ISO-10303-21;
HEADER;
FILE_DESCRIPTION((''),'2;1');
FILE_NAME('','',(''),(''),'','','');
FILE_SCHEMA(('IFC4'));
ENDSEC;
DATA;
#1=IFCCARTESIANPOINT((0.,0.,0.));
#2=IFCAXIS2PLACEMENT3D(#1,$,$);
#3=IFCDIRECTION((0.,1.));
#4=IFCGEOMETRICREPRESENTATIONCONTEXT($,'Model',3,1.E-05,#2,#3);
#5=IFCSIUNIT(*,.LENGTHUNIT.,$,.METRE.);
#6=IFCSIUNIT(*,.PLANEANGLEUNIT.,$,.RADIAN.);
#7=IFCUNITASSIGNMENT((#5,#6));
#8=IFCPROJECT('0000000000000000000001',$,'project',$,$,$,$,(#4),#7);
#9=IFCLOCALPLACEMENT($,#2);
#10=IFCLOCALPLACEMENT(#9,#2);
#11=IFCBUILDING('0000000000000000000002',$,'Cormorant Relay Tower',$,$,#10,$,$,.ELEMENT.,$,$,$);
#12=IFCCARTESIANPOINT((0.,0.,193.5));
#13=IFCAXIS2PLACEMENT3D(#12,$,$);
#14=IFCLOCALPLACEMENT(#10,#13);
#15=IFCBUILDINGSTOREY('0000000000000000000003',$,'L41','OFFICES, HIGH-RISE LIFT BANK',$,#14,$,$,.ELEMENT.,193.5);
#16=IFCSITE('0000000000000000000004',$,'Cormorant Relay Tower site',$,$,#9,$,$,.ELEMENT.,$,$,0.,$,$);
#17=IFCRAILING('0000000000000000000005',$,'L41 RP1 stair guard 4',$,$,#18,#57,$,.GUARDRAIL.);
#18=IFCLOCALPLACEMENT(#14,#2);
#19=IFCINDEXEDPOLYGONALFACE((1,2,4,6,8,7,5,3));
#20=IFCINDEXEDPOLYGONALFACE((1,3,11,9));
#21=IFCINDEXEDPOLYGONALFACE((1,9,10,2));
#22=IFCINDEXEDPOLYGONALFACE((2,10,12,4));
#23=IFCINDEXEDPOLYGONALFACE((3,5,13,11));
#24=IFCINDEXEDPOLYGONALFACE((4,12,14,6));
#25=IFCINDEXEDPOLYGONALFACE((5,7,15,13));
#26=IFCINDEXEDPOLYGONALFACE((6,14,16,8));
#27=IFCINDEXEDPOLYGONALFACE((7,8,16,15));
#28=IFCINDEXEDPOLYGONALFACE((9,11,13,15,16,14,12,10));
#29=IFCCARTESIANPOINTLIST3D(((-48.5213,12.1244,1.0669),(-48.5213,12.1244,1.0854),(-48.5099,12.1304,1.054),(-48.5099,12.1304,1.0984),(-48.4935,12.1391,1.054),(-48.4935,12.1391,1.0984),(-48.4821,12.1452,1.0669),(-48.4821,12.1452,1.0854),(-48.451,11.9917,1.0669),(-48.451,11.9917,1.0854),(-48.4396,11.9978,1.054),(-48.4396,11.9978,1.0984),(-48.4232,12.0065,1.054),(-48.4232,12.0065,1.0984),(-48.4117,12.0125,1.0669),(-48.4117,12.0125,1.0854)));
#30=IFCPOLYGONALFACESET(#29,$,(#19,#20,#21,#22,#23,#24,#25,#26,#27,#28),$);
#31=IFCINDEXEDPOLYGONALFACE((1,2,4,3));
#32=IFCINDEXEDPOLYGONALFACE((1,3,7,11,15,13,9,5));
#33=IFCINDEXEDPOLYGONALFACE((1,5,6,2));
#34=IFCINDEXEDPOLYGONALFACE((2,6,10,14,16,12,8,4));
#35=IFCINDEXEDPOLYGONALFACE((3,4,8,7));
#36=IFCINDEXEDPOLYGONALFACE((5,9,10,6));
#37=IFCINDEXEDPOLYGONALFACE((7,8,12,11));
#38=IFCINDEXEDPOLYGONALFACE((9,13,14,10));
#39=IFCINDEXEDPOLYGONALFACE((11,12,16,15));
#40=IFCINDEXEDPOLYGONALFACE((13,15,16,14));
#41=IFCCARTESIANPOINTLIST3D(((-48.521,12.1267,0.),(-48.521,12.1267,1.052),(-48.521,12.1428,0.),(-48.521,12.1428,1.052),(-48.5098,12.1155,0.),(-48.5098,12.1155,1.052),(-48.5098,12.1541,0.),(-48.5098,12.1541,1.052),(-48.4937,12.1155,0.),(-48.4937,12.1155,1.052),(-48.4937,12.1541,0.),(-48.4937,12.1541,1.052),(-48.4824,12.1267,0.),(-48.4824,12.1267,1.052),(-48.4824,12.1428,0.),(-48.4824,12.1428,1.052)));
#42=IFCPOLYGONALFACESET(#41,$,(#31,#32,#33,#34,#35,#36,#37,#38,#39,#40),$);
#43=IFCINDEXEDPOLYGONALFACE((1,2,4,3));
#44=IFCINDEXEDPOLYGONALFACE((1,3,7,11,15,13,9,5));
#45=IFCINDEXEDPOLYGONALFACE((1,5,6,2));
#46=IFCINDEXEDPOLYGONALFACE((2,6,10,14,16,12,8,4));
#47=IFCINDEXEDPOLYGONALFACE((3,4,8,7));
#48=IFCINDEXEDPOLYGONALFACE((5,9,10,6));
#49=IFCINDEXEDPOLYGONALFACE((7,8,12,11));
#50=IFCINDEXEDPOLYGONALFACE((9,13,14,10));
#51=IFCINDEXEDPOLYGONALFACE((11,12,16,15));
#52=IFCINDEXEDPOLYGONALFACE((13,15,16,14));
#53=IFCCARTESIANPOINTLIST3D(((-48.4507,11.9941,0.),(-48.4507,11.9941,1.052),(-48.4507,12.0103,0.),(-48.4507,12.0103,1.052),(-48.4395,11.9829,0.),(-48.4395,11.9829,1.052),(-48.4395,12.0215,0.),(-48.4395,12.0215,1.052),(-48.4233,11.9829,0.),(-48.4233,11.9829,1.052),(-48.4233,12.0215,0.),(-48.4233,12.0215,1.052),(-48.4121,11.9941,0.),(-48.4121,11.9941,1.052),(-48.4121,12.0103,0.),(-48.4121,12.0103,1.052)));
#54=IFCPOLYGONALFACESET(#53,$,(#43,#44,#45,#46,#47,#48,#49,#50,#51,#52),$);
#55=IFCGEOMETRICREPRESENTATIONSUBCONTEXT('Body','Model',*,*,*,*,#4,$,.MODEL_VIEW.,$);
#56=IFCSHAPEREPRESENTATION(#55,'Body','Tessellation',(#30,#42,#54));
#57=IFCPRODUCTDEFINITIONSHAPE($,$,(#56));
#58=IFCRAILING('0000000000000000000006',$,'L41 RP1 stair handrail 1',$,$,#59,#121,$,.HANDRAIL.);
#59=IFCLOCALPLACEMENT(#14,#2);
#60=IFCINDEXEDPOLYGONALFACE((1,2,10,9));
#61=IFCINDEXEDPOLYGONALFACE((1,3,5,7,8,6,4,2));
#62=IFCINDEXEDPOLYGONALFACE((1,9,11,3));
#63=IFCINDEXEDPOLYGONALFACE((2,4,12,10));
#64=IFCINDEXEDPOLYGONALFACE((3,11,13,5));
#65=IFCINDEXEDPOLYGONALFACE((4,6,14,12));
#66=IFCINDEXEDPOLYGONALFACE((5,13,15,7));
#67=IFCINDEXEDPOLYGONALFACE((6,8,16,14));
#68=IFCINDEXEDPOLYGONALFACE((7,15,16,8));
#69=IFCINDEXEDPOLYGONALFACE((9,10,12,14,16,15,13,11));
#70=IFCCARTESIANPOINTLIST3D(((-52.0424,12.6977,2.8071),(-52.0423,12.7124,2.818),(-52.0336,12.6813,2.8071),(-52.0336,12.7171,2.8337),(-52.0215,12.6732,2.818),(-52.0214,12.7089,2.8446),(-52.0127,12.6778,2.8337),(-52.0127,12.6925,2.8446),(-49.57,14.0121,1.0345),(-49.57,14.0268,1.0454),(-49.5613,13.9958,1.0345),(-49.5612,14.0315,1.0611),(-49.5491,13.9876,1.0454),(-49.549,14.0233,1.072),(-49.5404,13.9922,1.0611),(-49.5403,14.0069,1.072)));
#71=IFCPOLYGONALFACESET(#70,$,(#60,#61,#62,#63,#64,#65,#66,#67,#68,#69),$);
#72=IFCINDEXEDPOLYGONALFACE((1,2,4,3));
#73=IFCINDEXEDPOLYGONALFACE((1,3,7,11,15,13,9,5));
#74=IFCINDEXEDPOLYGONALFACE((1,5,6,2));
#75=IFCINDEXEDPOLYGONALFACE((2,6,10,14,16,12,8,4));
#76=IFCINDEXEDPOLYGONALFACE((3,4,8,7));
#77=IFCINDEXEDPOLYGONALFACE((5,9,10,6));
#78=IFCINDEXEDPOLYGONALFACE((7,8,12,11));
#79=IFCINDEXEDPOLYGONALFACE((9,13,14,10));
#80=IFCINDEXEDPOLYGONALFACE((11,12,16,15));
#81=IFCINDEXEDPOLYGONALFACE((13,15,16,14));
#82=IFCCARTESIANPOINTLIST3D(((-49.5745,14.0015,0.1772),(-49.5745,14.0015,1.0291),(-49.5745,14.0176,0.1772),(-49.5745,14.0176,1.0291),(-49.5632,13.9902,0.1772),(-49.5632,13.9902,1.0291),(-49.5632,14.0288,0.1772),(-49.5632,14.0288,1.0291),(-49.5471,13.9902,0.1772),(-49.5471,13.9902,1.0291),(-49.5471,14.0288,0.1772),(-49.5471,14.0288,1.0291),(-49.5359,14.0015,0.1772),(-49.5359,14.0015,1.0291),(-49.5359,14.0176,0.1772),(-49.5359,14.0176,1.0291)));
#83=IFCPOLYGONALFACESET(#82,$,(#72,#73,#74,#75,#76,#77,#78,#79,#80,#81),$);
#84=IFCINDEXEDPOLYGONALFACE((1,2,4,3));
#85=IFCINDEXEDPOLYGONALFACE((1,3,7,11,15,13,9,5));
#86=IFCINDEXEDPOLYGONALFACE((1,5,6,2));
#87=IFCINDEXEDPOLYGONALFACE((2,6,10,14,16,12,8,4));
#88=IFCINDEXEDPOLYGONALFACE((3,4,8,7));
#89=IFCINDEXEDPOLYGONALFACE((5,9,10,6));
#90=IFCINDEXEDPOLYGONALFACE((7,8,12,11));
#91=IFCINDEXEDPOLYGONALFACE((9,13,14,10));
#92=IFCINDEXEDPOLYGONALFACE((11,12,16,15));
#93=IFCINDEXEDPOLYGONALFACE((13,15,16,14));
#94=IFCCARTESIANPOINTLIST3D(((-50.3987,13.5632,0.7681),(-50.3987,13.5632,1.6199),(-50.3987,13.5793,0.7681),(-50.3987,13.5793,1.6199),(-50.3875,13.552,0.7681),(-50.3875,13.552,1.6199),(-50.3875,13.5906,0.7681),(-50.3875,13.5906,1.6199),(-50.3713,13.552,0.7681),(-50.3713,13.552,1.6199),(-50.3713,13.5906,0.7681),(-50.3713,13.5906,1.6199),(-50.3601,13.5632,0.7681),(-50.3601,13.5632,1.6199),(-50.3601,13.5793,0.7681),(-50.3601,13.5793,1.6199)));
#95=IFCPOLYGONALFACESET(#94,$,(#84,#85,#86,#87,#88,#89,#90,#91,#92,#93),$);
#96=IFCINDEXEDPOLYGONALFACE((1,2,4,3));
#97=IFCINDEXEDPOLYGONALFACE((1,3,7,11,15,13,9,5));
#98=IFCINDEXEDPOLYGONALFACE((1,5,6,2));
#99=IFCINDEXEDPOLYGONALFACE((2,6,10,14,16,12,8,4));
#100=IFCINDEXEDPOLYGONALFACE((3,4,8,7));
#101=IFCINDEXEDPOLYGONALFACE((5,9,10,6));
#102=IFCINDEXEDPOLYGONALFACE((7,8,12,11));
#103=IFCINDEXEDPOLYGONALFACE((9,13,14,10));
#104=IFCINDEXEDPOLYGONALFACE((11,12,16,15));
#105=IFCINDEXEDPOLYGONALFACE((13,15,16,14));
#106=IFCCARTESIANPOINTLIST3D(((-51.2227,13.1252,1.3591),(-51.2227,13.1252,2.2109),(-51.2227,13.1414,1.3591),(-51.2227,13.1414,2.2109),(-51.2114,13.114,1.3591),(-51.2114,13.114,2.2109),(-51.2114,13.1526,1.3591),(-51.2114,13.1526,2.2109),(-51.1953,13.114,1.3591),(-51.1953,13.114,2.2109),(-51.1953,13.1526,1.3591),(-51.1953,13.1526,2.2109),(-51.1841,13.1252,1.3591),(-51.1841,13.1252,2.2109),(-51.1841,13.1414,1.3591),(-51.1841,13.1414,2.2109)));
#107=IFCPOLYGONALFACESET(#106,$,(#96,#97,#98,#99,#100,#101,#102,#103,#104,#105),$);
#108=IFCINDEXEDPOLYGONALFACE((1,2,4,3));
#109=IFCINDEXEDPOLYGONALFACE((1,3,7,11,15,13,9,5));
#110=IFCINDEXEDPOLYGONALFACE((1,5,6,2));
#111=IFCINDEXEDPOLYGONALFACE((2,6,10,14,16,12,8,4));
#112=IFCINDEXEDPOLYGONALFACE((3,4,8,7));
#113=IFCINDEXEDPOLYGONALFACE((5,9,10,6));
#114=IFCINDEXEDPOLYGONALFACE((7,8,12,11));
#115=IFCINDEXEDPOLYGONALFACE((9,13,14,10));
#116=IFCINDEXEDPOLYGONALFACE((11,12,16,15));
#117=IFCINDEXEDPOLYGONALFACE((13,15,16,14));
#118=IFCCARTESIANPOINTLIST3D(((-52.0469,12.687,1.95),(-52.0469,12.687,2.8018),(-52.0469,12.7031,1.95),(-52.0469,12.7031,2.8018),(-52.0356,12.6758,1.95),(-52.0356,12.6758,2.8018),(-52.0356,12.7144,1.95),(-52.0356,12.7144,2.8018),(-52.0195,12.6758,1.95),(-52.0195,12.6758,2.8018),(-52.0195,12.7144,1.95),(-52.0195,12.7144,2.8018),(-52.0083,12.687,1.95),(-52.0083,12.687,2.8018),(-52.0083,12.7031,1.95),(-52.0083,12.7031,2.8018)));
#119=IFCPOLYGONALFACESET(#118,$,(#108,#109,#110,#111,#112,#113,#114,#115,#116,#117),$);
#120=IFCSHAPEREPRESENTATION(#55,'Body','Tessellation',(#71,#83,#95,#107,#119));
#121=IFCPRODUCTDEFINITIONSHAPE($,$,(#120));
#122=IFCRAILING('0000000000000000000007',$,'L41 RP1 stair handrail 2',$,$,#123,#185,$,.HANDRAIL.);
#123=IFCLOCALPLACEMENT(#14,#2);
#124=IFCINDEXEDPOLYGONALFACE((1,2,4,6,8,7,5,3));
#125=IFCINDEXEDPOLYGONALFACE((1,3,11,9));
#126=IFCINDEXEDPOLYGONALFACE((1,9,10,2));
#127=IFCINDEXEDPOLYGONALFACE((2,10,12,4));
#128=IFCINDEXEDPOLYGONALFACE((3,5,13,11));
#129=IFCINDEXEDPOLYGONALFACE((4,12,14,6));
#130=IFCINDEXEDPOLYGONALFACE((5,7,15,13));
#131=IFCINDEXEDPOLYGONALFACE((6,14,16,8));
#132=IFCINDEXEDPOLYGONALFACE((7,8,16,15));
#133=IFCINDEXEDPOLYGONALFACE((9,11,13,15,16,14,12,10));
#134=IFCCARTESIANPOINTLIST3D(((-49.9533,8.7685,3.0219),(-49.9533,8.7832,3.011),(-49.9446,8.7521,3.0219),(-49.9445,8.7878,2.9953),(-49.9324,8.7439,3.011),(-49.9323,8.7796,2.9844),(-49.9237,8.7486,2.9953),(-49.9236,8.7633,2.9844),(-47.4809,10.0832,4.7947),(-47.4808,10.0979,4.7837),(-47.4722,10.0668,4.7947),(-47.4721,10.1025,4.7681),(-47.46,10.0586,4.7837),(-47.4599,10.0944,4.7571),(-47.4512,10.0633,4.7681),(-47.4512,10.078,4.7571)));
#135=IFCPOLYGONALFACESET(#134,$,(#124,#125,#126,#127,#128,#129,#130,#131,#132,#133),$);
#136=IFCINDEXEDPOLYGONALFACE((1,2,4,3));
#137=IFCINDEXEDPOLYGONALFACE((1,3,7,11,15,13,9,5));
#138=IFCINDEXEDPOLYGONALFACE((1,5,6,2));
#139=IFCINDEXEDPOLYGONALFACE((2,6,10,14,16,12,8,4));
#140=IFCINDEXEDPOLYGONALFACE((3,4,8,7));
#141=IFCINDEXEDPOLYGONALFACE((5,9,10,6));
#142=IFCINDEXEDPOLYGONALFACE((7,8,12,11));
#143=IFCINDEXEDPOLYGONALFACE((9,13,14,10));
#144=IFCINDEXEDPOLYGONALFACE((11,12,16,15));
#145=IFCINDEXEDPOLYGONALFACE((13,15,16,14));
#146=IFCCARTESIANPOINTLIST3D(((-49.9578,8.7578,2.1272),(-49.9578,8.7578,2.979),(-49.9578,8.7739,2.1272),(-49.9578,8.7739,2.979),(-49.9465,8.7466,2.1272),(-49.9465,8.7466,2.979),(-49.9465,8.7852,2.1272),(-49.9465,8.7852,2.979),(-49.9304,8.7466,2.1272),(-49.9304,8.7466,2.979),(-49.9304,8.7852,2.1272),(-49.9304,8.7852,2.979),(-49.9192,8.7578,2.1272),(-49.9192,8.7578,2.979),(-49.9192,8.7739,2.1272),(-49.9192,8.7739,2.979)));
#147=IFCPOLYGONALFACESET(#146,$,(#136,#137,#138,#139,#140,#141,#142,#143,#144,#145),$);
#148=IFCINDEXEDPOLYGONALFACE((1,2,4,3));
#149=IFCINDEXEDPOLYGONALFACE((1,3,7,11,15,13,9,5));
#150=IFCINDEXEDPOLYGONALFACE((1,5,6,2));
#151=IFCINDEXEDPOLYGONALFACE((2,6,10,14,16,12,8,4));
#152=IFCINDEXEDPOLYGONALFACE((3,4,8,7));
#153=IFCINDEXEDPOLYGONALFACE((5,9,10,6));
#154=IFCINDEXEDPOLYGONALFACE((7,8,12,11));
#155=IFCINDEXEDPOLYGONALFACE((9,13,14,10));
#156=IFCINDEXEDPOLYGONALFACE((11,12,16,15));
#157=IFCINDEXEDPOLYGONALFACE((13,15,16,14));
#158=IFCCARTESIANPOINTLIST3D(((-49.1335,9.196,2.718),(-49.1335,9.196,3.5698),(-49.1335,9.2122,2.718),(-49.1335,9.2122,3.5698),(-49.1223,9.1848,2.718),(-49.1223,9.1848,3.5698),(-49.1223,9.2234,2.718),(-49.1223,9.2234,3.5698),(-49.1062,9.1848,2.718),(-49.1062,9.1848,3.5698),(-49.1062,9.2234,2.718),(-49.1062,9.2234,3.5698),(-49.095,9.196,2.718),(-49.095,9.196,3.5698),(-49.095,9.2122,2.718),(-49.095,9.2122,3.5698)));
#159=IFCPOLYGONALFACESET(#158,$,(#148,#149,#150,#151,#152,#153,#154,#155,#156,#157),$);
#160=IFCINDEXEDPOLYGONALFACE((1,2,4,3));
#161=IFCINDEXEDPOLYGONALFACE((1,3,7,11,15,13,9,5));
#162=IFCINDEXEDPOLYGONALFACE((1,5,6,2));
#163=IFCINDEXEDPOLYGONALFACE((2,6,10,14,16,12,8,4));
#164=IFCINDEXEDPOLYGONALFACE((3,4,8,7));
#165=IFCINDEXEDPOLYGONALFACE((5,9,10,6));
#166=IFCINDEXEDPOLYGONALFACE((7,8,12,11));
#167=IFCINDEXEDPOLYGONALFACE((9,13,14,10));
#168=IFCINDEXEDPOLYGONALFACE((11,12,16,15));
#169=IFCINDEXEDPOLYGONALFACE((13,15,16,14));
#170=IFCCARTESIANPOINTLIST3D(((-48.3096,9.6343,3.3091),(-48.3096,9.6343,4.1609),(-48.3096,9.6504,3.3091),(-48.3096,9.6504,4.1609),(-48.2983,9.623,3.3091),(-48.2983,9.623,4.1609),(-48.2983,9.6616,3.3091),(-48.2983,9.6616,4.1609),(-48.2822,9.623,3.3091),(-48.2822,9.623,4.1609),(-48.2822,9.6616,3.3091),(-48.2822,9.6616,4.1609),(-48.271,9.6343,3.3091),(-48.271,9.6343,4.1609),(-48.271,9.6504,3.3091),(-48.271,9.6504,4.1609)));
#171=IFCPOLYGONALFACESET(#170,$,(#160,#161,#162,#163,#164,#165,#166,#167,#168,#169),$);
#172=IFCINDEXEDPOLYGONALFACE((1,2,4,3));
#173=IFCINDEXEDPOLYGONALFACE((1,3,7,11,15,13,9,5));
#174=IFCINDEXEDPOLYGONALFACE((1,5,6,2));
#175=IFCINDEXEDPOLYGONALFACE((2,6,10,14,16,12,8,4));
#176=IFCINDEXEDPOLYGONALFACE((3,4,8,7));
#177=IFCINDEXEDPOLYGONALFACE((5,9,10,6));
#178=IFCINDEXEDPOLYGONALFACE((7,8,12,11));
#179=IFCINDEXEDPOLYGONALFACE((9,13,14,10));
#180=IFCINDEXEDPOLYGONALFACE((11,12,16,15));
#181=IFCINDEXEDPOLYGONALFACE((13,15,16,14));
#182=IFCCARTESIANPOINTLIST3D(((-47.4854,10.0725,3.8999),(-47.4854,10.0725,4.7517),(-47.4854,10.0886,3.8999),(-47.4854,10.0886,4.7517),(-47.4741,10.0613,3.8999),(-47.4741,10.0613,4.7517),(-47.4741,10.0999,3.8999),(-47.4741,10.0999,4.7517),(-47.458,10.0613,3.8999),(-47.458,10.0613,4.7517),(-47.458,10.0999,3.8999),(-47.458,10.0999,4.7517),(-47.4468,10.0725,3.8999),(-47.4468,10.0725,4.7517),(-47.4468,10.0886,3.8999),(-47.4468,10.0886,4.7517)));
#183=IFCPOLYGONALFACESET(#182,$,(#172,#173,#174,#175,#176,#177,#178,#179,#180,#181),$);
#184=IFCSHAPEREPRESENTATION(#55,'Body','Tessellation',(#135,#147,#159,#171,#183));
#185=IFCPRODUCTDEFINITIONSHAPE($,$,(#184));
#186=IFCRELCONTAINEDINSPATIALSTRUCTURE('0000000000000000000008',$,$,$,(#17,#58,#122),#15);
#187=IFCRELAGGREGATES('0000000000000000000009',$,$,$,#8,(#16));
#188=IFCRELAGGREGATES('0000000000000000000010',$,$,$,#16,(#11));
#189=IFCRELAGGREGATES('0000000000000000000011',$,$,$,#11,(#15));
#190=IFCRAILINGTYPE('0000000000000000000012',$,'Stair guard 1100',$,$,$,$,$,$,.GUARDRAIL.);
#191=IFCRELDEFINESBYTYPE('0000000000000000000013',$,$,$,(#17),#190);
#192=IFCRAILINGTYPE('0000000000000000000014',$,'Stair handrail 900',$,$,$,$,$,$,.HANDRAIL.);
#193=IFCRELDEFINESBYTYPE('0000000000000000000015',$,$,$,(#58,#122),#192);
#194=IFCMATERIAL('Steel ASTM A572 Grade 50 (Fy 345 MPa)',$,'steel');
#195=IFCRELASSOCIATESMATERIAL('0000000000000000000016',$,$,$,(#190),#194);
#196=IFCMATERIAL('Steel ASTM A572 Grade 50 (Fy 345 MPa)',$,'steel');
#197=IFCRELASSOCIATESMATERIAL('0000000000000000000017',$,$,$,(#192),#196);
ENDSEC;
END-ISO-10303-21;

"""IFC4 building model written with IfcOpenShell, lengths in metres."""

from ifc_helpers import new_model, si_unit, direction, frame, origin, place, context, subcontext, project, spatial, polyline, outline, extrude, material, type_object, element, save


model = new_model("IFC4")

# Units and contexts
model_context = context("Model", 3, precision=1e-05, world=origin(), true_north=direction((0.0, 1.0)))
body_context = subcontext(model_context, "Body", "Model", "MODEL_VIEW")
ifc_project = project(units=[si_unit("LENGTHUNIT", "METRE"), si_unit("PLANEANGLEUNIT", "RADIAN")], contexts=[model_context])

# Site, building, storey
site_placement = place(None, origin())
site = spatial("IfcSite", under=ifc_project, at=site_placement, Name="Cormorant Relay Tower site", CompositionType="ELEMENT", RefElevation=0.0)
building_placement = place(site_placement, origin())
building = spatial("IfcBuilding", under=site, at=building_placement, Name="Cormorant Relay Tower", CompositionType="ELEMENT")
storey_placement = place(building_placement, frame((0.0, 0.0, 193.5)))
storey = spatial("IfcBuildingStorey", under=building, at=storey_placement, Name="L41", Description="OFFICES, HIGH-RISE LIFT BANK", CompositionType="ELEMENT", Elevation=193.5)

# Railings
ifc_material_1 = material(Name="Steel ASTM A572 Grade 50 (Fy 345 MPa)", Category="steel")
railing_type_1 = type_object("IfcRailingType", Name="Stair guard 1100", PredefinedType="GUARDRAIL", material=ifc_material_1)
railing_1_placement = place(storey_placement, frame((-48.5017, 12.1348, 0.0)))
element("IfcRailing", 1, at=railing_1_placement, inside=storey, type_object=railing_type_1, Name="L41 RP1 stair guard 4", PredefinedType="GUARDRAIL", context=body_context, shape_type="SweptSolid", body=[
    extrude(outline(polyline([(0.0222, 0.0093), (0.0093, 0.0222), (-0.0093, 0.0222), (-0.0222, 0.0093), (-0.0222, -0.0093), (-0.0093, -0.0222), (0.0093, -0.0222), (0.0222, -0.0093), (0.0222, 0.0093)])), frame((0.0, 0.0, 1.0762), z_axis=(0.46856, -0.883431, 0.0), x_axis=(0.883431, 0.46856, 0.0)), (0.0, 0.0, 1.0), 0.1501),
    extrude(outline(polyline([(0.0193, 0.0081), (0.0081, 0.0193), (-0.0081, 0.0193), (-0.0193, 0.0081), (-0.0193, -0.0081), (-0.0081, -0.0193), (0.0081, -0.0193), (0.0193, -0.0081), (0.0193, 0.0081)])), origin(), (0.0, 0.0, 1.0), 1.052),
    extrude(outline(polyline([(0.0193, 0.0081), (0.0081, 0.0193), (-0.0081, 0.0193), (-0.0193, 0.0081), (-0.0193, -0.0081), (-0.0081, -0.0193), (0.0081, -0.0193), (0.0193, -0.0081), (0.0193, 0.0081)])), frame((0.0703, -0.1326, 0.0)), (0.0, 0.0, 1.0), 1.052),
])
ifc_material_2 = material(Name="Steel ASTM A572 Grade 50 (Fy 345 MPa)", Category="steel")
railing_type_2 = type_object("IfcRailingType", Name="Stair handrail 900", PredefinedType="HANDRAIL", material=ifc_material_2)
railing_2_placement = place(storey_placement, frame((-49.5552, 14.0095, 0.1772)))
element("IfcRailing", 2, at=railing_2_placement, inside=storey, type_object=railing_type_2, Name="L41 RP1 stair handrail 1", PredefinedType="HANDRAIL", context=body_context, shape_type="SweptSolid", body=[
    extrude(outline(polyline([(0.0222, 0.0093), (0.0093, 0.0222), (-0.0093, 0.0222), (-0.0222, 0.0093), (-0.0222, -0.0093), (-0.0093, -0.0222), (0.0093, -0.0222), (0.0222, -0.0093), (0.0222, 0.0093)])), frame((0.0, 0.0, 0.876), z_axis=(-0.746034, -0.396627, 0.534902), x_axis=(0.469429, -0.88297, 0.0)), (0.0, 0.0, 1.0), 3.314),
    extrude(outline(polyline([(0.0193, 0.0081), (0.0081, 0.0193), (-0.0081, 0.0193), (-0.0193, 0.0081), (-0.0193, -0.0081), (-0.0081, -0.0193), (0.0081, -0.0193), (0.0193, -0.0081), (0.0193, 0.0081)])), origin(), (0.0, 0.0, 1.0), 0.8518),
    extrude(outline(polyline([(0.0193, 0.0081), (0.0081, 0.0193), (-0.0081, 0.0193), (-0.0193, 0.0081), (-0.0193, -0.0081), (-0.0081, -0.0193), (0.0081, -0.0193), (0.0193, -0.0081), (0.0193, 0.0081)])), frame((-0.8242, -0.4382, 0.5908)), (0.0, 0.0, 1.0), 0.8518),
    extrude(outline(polyline([(0.0193, 0.0081), (0.0081, 0.0193), (-0.0081, 0.0193), (-0.0193, 0.0081), (-0.0193, -0.0081), (-0.0081, -0.0193), (0.0081, -0.0193), (0.0193, -0.0081), (0.0193, 0.0081)])), frame((-1.6482, -0.8762, 1.1819)), (0.0, 0.0, 1.0), 0.8518),
    extrude(outline(polyline([(0.0193, 0.0081), (0.0081, 0.0193), (-0.0081, 0.0193), (-0.0193, 0.0081), (-0.0193, -0.0081), (-0.0081, -0.0193), (0.0081, -0.0193), (0.0193, -0.0081), (0.0193, 0.0081)])), frame((-2.4724, -1.3145, 1.7727)), (0.0, 0.0, 1.0), 0.8518),
])
railing_3_placement = place(storey_placement, frame((-49.9385, 8.7659, 2.1272)))
element("IfcRailing", 3, at=railing_3_placement, inside=storey, type_object=railing_type_2, Name="L41 RP1 stair handrail 2", PredefinedType="HANDRAIL", context=body_context, shape_type="SweptSolid", body=[
    extrude(outline(polyline([(0.0222, 0.0093), (0.0093, 0.0222), (-0.0093, 0.0222), (-0.0222, 0.0093), (-0.0222, -0.0093), (-0.0093, -0.0222), (0.0093, -0.0222), (0.0222, -0.0093), (0.0222, 0.0093)])), frame((0.0, 0.0, 0.876), z_axis=(0.746012, 0.39669, 0.534886), x_axis=(-0.469497, 0.882934, 0.0)), (0.0, 0.0, 1.0), 3.3142),
    extrude(outline(polyline([(0.0193, 0.0081), (0.0081, 0.0193), (-0.0081, 0.0193), (-0.0193, 0.0081), (-0.0193, -0.0081), (-0.0081, -0.0193), (0.0081, -0.0193), (0.0193, -0.0081), (0.0193, 0.0081)])), origin(), (0.0, 0.0, 1.0), 0.8518),
    extrude(outline(polyline([(0.0193, 0.0081), (0.0081, 0.0193), (-0.0081, 0.0193), (-0.0193, 0.0081), (-0.0193, -0.0081), (-0.0081, -0.0193), (0.0081, -0.0193), (0.0193, -0.0081), (0.0193, 0.0081)])), frame((0.8242, 0.4382, 0.5908)), (0.0, 0.0, 1.0), 0.8518),
    extrude(outline(polyline([(0.0193, 0.0081), (0.0081, 0.0193), (-0.0081, 0.0193), (-0.0193, 0.0081), (-0.0193, -0.0081), (-0.0081, -0.0193), (0.0081, -0.0193), (0.0193, -0.0081), (0.0193, 0.0081)])), frame((1.6482, 0.8765, 1.1819)), (0.0, 0.0, 1.0), 0.8518),
    extrude(outline(polyline([(0.0193, 0.0081), (0.0081, 0.0193), (-0.0081, 0.0193), (-0.0193, 0.0081), (-0.0193, -0.0081), (-0.0081, -0.0193), (0.0081, -0.0193), (0.0193, -0.0081), (0.0193, 0.0081)])), frame((2.4724, 1.3147, 1.7727)), (0.0, 0.0, 1.0), 0.8518),
])

save(model, "model.ifc")
